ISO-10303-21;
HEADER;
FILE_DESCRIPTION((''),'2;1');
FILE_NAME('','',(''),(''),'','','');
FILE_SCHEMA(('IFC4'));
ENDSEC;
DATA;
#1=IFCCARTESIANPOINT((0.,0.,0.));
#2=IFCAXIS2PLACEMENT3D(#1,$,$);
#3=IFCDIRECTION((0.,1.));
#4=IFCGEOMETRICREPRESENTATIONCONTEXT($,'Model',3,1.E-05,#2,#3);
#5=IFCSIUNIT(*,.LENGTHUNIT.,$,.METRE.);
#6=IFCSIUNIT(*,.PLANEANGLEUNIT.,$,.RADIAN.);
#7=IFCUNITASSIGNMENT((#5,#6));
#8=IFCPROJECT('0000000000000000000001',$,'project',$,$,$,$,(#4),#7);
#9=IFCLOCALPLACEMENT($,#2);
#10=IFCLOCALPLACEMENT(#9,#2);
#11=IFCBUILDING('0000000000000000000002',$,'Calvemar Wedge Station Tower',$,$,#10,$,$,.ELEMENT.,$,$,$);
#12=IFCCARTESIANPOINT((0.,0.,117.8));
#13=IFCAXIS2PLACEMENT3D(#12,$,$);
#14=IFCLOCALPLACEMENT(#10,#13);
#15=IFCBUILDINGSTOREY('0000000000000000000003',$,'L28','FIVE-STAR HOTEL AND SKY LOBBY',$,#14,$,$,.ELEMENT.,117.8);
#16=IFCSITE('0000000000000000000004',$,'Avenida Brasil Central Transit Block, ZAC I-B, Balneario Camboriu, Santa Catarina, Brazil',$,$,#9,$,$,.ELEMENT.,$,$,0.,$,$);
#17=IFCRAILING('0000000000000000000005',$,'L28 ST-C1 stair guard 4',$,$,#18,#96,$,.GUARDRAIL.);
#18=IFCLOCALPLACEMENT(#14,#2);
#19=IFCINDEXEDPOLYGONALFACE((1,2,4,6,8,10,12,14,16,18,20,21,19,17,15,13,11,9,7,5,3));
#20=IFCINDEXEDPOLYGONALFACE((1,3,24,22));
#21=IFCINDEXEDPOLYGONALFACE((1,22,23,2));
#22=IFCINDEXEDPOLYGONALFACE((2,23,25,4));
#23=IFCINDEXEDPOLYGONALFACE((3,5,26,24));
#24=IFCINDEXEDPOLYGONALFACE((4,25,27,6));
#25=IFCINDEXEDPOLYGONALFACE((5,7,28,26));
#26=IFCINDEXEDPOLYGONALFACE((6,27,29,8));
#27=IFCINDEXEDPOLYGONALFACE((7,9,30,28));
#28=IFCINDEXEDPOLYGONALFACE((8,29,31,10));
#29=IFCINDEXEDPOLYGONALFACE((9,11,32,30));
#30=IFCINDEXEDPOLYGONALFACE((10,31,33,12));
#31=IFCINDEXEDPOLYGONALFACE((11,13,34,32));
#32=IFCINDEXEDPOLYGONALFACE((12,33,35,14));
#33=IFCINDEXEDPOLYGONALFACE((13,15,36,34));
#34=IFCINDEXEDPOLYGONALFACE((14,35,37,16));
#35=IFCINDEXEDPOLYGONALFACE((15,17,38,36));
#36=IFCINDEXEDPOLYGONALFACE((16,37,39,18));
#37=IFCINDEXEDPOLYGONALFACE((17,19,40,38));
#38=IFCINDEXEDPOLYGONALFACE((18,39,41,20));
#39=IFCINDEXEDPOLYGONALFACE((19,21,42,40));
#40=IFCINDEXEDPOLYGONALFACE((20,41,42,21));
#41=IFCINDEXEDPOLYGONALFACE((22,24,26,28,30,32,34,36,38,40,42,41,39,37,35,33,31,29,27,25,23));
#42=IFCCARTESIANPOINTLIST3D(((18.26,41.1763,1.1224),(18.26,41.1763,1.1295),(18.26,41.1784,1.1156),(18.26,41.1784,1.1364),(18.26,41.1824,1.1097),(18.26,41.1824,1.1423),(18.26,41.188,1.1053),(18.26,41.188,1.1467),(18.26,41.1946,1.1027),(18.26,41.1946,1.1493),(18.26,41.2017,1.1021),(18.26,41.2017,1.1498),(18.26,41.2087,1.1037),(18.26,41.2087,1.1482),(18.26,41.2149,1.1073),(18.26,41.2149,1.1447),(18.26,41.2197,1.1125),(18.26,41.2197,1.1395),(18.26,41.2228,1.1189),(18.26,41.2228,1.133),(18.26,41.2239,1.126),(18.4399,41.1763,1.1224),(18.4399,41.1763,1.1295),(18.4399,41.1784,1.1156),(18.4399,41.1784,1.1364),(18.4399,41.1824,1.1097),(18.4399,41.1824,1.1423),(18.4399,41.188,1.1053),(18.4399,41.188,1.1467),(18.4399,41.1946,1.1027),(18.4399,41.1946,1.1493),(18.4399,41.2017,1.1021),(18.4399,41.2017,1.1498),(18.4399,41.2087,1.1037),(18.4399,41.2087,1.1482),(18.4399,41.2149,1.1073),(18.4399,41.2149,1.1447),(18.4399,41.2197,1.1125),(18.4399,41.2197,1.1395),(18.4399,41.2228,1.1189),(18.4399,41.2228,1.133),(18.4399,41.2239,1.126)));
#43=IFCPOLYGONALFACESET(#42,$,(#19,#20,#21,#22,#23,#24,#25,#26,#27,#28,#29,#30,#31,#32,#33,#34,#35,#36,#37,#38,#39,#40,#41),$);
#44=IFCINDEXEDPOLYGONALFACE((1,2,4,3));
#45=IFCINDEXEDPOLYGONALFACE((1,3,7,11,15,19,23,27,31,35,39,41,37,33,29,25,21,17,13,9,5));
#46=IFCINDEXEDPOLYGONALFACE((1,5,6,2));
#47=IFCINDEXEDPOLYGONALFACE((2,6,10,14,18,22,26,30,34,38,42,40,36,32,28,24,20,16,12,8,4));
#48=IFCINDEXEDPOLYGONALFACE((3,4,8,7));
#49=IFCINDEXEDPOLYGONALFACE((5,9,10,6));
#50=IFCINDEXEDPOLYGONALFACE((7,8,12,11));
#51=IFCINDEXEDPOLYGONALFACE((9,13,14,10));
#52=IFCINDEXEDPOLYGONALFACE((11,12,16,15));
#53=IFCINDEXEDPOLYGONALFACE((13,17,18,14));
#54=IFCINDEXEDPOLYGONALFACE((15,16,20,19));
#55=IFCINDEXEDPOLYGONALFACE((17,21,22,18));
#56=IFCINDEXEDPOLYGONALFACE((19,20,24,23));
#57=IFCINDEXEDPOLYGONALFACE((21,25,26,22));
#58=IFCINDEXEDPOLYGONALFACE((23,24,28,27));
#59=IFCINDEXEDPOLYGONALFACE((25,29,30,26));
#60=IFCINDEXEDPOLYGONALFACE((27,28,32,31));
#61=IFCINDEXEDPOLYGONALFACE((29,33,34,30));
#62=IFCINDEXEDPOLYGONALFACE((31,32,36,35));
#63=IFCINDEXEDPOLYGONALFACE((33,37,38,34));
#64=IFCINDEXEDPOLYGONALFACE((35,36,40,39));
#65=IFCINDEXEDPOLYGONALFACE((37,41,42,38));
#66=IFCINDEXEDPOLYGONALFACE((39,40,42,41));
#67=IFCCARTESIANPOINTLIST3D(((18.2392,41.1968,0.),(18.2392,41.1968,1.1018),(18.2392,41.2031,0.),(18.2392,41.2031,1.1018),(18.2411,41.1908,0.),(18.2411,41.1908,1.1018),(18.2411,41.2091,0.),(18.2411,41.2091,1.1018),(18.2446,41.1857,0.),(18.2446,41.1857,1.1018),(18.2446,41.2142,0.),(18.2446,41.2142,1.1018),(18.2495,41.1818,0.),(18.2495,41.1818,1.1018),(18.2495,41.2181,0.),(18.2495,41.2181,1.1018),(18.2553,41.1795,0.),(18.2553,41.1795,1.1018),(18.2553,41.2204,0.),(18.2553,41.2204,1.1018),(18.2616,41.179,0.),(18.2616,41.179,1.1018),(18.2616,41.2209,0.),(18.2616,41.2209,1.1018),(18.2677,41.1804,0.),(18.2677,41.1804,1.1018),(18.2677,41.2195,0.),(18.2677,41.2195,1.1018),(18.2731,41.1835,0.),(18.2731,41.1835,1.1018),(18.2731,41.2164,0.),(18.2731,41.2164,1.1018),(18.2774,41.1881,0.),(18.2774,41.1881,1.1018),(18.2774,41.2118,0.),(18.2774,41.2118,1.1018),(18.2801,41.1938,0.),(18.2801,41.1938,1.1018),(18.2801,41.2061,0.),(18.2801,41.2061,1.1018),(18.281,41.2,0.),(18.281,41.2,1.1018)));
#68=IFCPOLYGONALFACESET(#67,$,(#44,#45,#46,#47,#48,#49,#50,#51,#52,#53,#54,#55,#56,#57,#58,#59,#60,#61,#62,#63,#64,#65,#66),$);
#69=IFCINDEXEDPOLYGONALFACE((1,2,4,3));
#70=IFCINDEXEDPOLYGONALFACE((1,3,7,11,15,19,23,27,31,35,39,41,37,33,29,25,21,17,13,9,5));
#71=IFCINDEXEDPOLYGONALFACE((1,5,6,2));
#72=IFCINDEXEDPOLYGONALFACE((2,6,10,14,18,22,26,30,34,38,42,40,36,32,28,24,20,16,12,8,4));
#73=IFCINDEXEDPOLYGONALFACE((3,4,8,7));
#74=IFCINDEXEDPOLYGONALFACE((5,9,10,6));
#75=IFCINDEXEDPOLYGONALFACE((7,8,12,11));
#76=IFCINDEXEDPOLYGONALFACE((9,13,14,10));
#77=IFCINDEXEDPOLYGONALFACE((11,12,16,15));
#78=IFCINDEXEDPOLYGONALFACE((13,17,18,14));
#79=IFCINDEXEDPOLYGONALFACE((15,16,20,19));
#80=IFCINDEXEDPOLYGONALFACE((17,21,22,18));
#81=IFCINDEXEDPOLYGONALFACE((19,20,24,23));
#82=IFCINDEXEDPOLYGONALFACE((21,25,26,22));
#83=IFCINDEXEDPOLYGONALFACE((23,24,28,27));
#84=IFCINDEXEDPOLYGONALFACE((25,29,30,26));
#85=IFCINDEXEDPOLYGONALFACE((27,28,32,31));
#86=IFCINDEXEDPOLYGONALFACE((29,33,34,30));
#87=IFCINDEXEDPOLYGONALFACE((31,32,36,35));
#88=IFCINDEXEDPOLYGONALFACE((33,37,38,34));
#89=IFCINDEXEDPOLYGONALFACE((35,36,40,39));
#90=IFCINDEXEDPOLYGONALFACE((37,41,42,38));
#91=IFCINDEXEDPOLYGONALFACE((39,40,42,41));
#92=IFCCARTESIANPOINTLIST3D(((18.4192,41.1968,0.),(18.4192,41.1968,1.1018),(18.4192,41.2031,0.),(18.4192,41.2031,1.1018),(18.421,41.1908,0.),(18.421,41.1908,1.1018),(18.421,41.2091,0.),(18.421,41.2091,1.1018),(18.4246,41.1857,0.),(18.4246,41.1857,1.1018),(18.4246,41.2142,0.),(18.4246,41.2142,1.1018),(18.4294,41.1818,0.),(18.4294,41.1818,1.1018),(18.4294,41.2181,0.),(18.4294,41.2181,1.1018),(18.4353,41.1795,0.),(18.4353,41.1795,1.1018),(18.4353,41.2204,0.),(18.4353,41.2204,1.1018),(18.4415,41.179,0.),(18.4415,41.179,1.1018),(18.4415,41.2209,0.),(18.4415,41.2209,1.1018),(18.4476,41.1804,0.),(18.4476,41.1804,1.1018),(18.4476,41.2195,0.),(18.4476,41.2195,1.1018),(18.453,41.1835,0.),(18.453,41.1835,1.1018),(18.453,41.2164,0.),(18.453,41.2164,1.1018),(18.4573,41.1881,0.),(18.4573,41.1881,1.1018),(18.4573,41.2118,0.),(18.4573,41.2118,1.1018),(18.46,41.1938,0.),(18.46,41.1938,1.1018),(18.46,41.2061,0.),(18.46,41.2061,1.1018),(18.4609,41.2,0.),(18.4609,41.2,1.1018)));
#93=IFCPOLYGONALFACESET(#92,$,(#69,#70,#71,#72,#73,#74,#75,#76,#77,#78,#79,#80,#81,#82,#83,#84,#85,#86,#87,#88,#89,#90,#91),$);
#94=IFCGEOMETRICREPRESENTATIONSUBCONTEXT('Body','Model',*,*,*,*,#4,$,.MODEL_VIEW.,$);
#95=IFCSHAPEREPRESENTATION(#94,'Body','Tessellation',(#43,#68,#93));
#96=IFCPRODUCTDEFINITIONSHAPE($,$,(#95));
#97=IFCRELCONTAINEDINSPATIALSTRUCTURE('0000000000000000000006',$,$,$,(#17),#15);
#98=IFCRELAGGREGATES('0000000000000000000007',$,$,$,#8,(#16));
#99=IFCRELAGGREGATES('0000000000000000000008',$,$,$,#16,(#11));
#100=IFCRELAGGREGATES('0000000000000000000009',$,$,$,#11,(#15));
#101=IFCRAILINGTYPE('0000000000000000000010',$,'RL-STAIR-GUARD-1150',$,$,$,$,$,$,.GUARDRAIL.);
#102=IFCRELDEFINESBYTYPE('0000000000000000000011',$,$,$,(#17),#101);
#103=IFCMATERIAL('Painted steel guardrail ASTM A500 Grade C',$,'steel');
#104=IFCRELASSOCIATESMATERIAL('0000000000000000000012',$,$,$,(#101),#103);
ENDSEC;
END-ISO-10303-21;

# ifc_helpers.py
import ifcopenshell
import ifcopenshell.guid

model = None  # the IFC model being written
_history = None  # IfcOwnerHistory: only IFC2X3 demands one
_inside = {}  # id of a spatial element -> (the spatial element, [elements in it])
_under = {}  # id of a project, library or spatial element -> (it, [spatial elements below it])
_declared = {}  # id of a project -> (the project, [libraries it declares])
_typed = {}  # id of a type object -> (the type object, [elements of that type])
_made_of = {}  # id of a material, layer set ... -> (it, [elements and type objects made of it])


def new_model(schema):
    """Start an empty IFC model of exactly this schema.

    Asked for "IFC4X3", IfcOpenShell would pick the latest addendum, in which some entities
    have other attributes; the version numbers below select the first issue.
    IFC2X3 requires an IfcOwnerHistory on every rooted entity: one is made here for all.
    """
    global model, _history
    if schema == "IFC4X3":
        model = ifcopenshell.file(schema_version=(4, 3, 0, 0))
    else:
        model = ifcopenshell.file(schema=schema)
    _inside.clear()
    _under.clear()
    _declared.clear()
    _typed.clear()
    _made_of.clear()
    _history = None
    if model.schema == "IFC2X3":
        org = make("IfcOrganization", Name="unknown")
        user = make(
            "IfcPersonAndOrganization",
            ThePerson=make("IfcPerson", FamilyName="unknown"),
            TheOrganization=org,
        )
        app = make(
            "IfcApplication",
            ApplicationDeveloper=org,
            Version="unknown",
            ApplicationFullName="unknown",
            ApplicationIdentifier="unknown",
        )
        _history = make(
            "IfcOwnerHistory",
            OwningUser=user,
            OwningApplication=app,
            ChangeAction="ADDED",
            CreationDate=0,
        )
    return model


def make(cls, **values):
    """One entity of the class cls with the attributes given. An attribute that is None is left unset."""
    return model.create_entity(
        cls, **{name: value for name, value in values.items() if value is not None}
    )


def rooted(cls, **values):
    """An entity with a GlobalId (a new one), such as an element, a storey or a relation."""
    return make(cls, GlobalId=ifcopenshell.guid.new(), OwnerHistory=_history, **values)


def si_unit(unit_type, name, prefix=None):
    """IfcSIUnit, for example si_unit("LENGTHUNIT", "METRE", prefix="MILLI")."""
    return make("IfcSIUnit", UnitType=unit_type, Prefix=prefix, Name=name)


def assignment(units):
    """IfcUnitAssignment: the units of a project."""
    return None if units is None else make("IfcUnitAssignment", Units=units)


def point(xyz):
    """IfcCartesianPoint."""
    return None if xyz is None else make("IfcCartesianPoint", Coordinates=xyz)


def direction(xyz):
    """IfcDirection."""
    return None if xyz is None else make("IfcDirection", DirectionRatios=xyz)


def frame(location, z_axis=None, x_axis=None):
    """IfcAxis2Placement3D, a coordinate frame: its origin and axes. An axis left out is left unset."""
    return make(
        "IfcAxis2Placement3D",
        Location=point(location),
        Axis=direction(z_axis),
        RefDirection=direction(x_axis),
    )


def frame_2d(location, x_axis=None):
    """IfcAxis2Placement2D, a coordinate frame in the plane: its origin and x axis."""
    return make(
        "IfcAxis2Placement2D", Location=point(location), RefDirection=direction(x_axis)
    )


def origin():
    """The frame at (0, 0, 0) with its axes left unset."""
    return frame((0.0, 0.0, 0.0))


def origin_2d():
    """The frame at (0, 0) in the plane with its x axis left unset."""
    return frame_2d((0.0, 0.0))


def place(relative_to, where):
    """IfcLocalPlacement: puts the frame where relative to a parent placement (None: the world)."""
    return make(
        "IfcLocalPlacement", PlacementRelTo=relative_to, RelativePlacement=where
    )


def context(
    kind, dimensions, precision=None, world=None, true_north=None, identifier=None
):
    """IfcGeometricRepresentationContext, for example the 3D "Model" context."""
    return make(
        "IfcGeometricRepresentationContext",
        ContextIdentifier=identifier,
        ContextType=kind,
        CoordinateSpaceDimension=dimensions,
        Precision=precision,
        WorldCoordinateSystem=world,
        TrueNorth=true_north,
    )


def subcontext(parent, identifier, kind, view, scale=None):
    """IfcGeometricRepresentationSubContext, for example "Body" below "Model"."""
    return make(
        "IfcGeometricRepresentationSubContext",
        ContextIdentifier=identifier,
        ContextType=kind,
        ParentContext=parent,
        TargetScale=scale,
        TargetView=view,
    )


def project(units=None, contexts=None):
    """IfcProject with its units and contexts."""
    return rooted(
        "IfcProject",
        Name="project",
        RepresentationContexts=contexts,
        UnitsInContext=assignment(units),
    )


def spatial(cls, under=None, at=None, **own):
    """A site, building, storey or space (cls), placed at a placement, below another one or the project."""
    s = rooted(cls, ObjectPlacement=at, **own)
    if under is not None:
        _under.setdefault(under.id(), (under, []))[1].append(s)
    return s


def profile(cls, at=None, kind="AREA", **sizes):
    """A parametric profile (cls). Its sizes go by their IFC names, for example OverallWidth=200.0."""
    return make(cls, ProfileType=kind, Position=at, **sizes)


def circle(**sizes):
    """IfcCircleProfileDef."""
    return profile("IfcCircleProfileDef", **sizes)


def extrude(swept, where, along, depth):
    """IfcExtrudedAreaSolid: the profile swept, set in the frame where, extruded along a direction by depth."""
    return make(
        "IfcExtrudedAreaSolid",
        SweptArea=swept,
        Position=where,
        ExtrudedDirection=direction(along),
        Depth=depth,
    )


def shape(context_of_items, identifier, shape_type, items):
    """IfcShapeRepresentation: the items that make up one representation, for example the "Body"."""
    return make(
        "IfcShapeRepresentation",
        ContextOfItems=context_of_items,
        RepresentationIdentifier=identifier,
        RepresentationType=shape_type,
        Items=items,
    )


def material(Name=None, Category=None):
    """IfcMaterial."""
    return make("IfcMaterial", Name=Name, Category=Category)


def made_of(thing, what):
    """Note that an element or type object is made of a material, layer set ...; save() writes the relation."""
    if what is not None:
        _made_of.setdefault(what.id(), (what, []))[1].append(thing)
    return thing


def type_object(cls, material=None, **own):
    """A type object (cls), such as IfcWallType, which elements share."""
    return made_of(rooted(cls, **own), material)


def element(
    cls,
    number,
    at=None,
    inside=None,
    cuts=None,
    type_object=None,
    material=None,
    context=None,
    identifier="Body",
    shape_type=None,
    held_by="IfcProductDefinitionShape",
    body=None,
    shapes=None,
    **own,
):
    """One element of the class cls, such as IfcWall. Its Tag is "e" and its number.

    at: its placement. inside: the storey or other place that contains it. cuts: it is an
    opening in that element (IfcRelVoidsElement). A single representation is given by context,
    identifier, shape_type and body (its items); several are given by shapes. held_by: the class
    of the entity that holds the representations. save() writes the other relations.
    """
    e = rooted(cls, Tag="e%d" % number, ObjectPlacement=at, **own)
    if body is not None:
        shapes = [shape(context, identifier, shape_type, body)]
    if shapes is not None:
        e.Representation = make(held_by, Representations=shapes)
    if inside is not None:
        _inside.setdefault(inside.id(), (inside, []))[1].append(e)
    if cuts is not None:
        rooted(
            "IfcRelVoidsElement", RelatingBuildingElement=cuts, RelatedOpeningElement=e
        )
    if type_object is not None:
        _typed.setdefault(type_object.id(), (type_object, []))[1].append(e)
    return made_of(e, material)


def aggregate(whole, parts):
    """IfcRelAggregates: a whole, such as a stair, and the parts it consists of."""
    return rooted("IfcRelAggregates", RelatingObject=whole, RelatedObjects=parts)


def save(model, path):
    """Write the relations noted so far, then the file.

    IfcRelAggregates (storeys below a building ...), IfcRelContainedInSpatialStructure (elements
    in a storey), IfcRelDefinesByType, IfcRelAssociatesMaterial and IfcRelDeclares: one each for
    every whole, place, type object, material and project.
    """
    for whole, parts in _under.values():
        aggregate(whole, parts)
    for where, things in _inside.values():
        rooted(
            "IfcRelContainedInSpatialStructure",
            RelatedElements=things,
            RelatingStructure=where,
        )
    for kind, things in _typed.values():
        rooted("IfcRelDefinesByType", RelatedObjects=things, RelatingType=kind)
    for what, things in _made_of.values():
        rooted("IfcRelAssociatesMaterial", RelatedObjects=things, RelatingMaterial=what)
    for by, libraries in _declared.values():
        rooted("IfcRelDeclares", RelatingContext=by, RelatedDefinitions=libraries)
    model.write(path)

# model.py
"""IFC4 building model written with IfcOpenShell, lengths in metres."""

from ifc_helpers import new_model, si_unit, direction, frame, origin, origin_2d, place, context, subcontext, project, spatial, circle, extrude, material, type_object, element, save


model = new_model("IFC4")

# Units and contexts
model_context = context("Model", 3, precision=1e-05, world=origin(), true_north=direction((0.0, 1.0)))
body_context = subcontext(model_context, "Body", "Model", "MODEL_VIEW")
ifc_project = project(units=[si_unit("LENGTHUNIT", "METRE"), si_unit("PLANEANGLEUNIT", "RADIAN")], contexts=[model_context])

# Site, building, storey
site_placement = place(None, origin())
site = spatial("IfcSite", under=ifc_project, at=site_placement, Name="Avenida Brasil Central Transit Block, ZAC I-B, Balneario Camboriu, Santa Catarina, Brazil", CompositionType="ELEMENT", RefElevation=0.0)
building_placement = place(site_placement, origin())
building = spatial("IfcBuilding", under=site, at=building_placement, Name="Calvemar Wedge Station Tower", CompositionType="ELEMENT")
storey_placement = place(building_placement, frame((0.0, 0.0, 117.8)))
storey = spatial("IfcBuildingStorey", under=building, at=storey_placement, Name="L28", Description="FIVE-STAR HOTEL AND SKY LOBBY", CompositionType="ELEMENT", Elevation=117.8)

# Railing
ifc_material_1 = material(Name="Painted steel guardrail ASTM A500 Grade C", Category="steel")
railing_type_1 = type_object("IfcRailingType", Name="RL-STAIR-GUARD-1150", PredefinedType="GUARDRAIL", material=ifc_material_1)
railing_1_placement = place(storey_placement, frame((18.26, 41.2, 0.0)))
element("IfcRailing", 1, at=railing_1_placement, inside=storey, type_object=railing_type_1, Name="L28 ST-C1 stair guard 4", PredefinedType="GUARDRAIL", context=body_context, shape_type="SweptSolid", body=[
    extrude(circle(Radius=0.0239, at=origin_2d()), frame((0.0, 0.0, 1.126), z_axis=(1.0, 0.0, 0.0), x_axis=(0.0, 1.0, 0.0)), (0.0, 0.0, 1.0), 0.1799),
    extrude(circle(Radius=0.021, at=origin_2d()), origin(), (0.0, 0.0, 1.0), 1.1018),
    extrude(circle(Radius=0.021, at=origin_2d()), frame((0.1799, 0.0, 0.0)), (0.0, 0.0, 1.0), 1.1018),
])

save(model, "model.ifc")
